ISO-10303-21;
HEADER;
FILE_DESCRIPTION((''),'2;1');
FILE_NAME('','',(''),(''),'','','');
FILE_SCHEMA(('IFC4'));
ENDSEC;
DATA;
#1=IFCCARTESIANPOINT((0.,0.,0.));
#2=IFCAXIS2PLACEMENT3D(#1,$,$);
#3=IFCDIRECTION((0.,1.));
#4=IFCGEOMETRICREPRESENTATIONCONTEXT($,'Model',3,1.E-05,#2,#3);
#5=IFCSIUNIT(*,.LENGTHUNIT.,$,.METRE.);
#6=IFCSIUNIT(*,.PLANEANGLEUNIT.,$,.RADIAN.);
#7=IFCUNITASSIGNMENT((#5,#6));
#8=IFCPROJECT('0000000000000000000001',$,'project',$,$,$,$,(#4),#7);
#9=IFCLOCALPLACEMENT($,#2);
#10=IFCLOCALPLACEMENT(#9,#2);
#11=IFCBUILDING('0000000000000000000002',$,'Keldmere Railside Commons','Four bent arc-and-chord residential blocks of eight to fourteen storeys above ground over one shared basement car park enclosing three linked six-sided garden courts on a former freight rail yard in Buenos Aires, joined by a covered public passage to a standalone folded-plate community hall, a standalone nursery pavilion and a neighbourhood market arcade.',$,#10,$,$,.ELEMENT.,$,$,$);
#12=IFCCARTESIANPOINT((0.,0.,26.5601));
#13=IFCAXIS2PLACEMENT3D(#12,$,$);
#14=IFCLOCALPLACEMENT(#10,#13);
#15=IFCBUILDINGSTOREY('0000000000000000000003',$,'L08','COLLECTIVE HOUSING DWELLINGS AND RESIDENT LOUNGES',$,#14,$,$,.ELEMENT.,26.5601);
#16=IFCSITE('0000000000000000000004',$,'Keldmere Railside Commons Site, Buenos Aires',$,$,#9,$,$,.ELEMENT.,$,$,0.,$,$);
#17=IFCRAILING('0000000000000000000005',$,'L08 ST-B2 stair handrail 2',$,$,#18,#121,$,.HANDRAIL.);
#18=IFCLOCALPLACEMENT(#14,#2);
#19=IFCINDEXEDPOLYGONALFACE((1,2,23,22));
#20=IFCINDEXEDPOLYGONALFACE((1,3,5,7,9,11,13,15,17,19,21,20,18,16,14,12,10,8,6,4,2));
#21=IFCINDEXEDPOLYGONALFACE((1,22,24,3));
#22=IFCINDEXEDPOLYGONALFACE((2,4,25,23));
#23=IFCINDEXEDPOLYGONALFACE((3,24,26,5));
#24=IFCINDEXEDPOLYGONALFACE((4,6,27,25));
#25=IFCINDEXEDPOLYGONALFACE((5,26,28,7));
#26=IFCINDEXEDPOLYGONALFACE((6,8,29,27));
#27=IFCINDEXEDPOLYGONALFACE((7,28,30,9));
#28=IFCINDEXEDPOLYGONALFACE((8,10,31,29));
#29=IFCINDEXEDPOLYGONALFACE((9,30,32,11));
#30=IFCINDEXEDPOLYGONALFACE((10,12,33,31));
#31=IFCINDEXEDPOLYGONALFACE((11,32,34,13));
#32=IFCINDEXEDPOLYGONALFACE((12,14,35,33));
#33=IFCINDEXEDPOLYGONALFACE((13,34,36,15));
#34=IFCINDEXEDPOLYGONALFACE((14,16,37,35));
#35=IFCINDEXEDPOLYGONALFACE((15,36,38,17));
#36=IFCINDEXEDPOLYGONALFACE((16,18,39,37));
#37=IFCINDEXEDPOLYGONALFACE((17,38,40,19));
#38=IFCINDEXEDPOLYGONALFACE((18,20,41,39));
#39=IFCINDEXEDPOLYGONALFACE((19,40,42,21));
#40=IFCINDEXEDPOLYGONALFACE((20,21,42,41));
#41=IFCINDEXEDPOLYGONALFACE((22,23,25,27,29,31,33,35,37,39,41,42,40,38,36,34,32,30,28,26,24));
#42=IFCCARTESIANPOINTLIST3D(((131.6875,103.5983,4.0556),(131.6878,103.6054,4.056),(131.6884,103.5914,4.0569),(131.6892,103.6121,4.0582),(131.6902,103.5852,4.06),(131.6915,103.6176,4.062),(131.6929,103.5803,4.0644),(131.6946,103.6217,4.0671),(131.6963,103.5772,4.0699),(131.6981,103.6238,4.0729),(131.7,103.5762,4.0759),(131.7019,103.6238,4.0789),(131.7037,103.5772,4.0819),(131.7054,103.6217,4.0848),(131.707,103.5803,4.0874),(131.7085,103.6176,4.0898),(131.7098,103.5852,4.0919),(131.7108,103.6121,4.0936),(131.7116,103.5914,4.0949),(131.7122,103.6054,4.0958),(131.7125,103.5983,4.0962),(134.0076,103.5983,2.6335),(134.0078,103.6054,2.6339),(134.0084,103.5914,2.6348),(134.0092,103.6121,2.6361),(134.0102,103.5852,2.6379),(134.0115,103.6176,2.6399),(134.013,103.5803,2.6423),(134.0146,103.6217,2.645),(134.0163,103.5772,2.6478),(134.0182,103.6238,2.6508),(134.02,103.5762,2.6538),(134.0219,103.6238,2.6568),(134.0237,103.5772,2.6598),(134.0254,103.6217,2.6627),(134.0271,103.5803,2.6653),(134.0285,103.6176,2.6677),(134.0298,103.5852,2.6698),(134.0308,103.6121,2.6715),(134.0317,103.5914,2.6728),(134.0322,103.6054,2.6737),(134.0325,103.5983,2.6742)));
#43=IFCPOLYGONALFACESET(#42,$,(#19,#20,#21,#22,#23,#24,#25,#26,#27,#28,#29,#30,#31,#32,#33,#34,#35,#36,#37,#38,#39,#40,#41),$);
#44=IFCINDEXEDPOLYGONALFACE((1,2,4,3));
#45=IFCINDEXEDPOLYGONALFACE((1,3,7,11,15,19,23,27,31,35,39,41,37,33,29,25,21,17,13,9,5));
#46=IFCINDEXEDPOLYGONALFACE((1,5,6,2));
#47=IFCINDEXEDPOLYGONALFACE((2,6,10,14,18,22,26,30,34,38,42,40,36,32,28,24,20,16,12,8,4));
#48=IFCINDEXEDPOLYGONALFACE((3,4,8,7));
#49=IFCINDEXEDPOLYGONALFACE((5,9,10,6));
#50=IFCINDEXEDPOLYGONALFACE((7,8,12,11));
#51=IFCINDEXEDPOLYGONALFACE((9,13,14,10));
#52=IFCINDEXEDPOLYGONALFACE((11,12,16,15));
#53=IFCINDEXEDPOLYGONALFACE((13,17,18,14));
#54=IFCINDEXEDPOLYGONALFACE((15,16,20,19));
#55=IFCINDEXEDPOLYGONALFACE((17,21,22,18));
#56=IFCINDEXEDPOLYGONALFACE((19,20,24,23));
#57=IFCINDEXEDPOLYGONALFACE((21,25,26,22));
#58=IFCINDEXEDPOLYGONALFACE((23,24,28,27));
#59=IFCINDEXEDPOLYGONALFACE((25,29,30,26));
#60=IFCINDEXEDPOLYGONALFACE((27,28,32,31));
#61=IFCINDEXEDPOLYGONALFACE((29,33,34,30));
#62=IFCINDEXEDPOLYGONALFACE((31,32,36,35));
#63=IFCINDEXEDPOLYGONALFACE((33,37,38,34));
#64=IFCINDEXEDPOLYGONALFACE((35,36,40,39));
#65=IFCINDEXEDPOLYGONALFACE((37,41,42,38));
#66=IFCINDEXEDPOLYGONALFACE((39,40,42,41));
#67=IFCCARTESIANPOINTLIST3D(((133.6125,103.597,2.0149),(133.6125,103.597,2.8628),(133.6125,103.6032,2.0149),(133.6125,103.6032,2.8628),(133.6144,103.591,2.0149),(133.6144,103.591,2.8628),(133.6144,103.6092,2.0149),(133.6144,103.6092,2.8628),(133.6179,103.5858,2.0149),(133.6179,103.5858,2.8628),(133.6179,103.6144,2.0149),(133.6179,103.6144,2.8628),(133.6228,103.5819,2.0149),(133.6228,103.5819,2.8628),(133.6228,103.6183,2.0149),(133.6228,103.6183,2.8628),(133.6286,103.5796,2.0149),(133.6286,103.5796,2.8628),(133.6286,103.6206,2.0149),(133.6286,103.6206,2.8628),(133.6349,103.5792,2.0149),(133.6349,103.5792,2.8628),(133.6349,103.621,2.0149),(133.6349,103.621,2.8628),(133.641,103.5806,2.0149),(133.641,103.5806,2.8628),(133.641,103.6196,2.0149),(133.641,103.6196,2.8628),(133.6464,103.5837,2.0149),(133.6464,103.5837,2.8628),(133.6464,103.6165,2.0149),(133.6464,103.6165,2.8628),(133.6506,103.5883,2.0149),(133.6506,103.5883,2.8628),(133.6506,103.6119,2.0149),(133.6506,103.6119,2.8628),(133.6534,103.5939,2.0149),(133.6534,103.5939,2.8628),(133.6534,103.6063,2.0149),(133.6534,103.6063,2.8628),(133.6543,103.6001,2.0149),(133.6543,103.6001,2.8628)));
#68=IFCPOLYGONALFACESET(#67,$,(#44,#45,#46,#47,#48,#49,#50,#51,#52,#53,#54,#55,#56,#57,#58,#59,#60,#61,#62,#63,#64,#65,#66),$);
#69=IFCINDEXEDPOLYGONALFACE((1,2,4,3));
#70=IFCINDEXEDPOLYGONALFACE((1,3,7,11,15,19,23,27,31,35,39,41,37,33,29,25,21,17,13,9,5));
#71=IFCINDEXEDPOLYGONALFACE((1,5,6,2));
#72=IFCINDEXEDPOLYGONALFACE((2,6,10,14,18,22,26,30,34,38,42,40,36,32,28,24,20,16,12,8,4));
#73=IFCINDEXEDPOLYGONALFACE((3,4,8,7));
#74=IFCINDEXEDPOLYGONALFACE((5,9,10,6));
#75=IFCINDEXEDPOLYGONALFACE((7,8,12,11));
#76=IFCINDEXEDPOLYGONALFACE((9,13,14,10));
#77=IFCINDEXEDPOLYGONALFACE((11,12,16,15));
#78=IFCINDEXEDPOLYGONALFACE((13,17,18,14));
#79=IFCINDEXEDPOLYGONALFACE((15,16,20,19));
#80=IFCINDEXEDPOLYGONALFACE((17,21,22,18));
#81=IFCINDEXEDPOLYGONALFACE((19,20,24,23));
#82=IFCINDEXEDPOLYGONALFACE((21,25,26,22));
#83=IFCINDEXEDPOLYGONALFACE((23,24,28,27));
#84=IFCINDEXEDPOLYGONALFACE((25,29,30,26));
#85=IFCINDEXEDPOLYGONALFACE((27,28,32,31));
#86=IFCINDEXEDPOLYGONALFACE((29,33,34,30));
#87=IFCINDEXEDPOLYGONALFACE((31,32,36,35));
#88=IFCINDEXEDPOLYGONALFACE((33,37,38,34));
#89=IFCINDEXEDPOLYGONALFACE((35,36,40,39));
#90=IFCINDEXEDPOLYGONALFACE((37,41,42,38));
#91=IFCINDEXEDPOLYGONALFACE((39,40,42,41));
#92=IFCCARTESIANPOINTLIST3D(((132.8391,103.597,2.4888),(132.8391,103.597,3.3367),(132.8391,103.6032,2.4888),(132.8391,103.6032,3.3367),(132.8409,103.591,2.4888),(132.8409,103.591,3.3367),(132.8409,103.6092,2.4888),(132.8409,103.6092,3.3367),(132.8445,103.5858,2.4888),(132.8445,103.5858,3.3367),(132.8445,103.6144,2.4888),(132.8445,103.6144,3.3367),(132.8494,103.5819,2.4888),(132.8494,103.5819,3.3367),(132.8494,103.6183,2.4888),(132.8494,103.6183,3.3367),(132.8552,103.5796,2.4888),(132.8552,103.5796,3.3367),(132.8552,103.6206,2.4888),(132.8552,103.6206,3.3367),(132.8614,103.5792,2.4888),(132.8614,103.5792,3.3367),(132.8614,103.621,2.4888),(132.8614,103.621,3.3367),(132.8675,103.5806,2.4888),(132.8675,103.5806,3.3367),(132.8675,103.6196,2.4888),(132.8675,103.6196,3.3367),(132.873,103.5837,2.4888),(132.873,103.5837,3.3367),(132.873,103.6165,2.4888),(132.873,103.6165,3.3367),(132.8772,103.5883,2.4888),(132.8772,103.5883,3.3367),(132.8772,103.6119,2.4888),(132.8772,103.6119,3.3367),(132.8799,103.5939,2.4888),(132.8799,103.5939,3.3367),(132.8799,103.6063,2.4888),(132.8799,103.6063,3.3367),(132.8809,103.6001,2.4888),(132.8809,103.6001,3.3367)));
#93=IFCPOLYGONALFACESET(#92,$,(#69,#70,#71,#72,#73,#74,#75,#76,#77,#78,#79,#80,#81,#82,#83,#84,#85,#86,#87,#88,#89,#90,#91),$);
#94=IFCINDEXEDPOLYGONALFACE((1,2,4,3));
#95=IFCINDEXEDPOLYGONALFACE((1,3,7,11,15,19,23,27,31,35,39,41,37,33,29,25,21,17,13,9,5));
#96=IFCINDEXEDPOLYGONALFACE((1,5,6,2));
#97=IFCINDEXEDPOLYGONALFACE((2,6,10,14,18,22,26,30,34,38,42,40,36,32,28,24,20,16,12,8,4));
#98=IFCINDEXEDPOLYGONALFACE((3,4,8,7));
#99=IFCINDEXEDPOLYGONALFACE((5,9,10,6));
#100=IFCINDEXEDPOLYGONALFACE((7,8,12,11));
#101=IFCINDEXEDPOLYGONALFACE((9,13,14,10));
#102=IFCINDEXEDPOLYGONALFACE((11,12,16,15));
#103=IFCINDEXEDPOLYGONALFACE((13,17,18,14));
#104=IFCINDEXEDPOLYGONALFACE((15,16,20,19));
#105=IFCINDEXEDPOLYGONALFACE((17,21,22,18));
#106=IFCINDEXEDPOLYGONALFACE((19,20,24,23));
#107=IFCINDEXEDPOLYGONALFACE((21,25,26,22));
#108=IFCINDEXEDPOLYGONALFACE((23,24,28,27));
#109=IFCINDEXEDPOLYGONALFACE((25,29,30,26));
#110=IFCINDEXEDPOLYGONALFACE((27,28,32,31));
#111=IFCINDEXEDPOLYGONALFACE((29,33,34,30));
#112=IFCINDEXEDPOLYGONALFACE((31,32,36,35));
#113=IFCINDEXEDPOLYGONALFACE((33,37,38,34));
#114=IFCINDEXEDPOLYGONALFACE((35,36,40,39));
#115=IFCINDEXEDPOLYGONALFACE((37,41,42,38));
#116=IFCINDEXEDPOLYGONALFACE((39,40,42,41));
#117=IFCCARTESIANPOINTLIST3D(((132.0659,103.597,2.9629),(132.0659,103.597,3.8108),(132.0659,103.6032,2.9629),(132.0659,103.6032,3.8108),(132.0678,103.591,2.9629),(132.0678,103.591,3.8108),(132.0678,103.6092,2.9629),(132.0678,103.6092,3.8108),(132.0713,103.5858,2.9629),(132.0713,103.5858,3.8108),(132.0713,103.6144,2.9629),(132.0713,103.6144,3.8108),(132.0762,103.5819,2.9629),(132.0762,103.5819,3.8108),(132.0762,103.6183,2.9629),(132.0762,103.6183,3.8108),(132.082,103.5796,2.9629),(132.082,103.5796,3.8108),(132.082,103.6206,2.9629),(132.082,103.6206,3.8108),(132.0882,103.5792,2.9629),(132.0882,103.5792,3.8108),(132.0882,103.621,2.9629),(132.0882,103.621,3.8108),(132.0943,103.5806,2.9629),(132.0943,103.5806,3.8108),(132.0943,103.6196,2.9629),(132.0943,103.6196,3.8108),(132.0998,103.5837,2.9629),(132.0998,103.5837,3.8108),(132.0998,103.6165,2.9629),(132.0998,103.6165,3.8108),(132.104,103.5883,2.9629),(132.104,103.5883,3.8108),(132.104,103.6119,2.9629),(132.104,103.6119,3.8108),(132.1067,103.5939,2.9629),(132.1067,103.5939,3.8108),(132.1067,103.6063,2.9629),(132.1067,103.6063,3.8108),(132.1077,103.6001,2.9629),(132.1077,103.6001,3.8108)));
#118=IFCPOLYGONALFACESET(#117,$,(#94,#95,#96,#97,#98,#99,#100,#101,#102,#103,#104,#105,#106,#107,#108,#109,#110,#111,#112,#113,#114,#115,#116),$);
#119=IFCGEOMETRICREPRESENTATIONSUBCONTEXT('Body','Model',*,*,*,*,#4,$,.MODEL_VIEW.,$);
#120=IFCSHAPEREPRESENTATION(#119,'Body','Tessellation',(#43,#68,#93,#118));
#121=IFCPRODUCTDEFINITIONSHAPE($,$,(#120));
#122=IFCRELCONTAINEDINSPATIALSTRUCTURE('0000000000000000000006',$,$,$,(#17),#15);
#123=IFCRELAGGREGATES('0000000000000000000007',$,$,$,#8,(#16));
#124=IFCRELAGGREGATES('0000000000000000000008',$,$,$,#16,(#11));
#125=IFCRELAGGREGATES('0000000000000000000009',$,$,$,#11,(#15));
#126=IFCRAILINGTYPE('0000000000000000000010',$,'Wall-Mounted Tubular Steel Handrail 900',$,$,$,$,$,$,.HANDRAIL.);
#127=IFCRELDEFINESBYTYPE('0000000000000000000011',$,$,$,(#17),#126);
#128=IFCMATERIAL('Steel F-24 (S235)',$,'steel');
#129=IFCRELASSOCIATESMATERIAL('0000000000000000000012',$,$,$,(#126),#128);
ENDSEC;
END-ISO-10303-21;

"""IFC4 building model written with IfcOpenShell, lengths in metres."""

from ifc_helpers import new_model, si_unit, direction, frame, origin, origin_2d, place, context, subcontext, project, spatial, circle, extrude, material, type_object, element, save


model = new_model("IFC4")

# Units and contexts
model_context = context("Model", 3, precision=1e-05, world=origin(), true_north=direction((0.0, 1.0)))
body_context = subcontext(model_context, "Body", "Model", "MODEL_VIEW")
ifc_project = project(units=[si_unit("LENGTHUNIT", "METRE"), si_unit("PLANEANGLEUNIT", "RADIAN")], contexts=[model_context])

# Site, building, storey
site_placement = place(None, origin())
site = spatial("IfcSite", under=ifc_project, at=site_placement, Name="Keldmere Railside Commons Site, Buenos Aires", CompositionType="ELEMENT", RefElevation=0.0)
building_placement = place(site_placement, origin())
building = spatial("IfcBuilding", under=site, at=building_placement, Name="Keldmere Railside Commons", Description="Four bent arc-and-chord residential blocks of eight to fourteen storeys above ground over one shared basement car park enclosing three linked six-sided garden courts on a former freight rail yard in Buenos Aires, joined by a covered public passage to a standalone folded-plate community hall, a standalone nursery pavilion and a neighbourhood market arcade.", CompositionType="ELEMENT")
storey_placement = place(building_placement, frame((0.0, 0.0, 26.5601)))
storey = spatial("IfcBuildingStorey", under=building, at=storey_placement, Name="L08", Description="COLLECTIVE HOUSING DWELLINGS AND RESIDENT LOUNGES", CompositionType="ELEMENT", Elevation=26.5601)

# Shared definitions
ifc_material_1 = material(Name="Steel F-24 (S235)", Category="steel")

# Railing
railing_type_1 = type_object("IfcRailingType", Name="Wall-Mounted Tubular Steel Handrail 900", PredefinedType="HANDRAIL", material=ifc_material_1)
railing_1_placement = place(storey_placement, frame((134.02, 103.6001, 1.7778)))
element("IfcRailing", 1, at=railing_1_placement, inside=storey, type_object=railing_type_1, Name="L08 ST-B2 stair handrail 2", PredefinedType="HANDRAIL", context=body_context, shape_type="SweptSolid", body=[
    extrude(circle(Radius=0.0239, at=origin_2d()), frame((0.0, 0.0, 0.876), z_axis=(-0.852578, 0.0, 0.5226), x_axis=(0.0, -1.0, 0.0)), (0.0, 0.0, 1.0), 2.7212),
    extrude(circle(Radius=0.021, at=origin_2d()), frame((-0.3867, 0.0, 0.2371)), (0.0, 0.0, 1.0), 0.8479),
    extrude(circle(Radius=0.021, at=origin_2d()), frame((-1.1602, 0.0, 0.7109)), (0.0, 0.0, 1.0), 0.8479),
    extrude(circle(Radius=0.021, at=origin_2d()), frame((-1.9333, 0.0, 1.1851)), (0.0, 0.0, 1.0), 0.8479),
])

save(model, "model.ifc")
